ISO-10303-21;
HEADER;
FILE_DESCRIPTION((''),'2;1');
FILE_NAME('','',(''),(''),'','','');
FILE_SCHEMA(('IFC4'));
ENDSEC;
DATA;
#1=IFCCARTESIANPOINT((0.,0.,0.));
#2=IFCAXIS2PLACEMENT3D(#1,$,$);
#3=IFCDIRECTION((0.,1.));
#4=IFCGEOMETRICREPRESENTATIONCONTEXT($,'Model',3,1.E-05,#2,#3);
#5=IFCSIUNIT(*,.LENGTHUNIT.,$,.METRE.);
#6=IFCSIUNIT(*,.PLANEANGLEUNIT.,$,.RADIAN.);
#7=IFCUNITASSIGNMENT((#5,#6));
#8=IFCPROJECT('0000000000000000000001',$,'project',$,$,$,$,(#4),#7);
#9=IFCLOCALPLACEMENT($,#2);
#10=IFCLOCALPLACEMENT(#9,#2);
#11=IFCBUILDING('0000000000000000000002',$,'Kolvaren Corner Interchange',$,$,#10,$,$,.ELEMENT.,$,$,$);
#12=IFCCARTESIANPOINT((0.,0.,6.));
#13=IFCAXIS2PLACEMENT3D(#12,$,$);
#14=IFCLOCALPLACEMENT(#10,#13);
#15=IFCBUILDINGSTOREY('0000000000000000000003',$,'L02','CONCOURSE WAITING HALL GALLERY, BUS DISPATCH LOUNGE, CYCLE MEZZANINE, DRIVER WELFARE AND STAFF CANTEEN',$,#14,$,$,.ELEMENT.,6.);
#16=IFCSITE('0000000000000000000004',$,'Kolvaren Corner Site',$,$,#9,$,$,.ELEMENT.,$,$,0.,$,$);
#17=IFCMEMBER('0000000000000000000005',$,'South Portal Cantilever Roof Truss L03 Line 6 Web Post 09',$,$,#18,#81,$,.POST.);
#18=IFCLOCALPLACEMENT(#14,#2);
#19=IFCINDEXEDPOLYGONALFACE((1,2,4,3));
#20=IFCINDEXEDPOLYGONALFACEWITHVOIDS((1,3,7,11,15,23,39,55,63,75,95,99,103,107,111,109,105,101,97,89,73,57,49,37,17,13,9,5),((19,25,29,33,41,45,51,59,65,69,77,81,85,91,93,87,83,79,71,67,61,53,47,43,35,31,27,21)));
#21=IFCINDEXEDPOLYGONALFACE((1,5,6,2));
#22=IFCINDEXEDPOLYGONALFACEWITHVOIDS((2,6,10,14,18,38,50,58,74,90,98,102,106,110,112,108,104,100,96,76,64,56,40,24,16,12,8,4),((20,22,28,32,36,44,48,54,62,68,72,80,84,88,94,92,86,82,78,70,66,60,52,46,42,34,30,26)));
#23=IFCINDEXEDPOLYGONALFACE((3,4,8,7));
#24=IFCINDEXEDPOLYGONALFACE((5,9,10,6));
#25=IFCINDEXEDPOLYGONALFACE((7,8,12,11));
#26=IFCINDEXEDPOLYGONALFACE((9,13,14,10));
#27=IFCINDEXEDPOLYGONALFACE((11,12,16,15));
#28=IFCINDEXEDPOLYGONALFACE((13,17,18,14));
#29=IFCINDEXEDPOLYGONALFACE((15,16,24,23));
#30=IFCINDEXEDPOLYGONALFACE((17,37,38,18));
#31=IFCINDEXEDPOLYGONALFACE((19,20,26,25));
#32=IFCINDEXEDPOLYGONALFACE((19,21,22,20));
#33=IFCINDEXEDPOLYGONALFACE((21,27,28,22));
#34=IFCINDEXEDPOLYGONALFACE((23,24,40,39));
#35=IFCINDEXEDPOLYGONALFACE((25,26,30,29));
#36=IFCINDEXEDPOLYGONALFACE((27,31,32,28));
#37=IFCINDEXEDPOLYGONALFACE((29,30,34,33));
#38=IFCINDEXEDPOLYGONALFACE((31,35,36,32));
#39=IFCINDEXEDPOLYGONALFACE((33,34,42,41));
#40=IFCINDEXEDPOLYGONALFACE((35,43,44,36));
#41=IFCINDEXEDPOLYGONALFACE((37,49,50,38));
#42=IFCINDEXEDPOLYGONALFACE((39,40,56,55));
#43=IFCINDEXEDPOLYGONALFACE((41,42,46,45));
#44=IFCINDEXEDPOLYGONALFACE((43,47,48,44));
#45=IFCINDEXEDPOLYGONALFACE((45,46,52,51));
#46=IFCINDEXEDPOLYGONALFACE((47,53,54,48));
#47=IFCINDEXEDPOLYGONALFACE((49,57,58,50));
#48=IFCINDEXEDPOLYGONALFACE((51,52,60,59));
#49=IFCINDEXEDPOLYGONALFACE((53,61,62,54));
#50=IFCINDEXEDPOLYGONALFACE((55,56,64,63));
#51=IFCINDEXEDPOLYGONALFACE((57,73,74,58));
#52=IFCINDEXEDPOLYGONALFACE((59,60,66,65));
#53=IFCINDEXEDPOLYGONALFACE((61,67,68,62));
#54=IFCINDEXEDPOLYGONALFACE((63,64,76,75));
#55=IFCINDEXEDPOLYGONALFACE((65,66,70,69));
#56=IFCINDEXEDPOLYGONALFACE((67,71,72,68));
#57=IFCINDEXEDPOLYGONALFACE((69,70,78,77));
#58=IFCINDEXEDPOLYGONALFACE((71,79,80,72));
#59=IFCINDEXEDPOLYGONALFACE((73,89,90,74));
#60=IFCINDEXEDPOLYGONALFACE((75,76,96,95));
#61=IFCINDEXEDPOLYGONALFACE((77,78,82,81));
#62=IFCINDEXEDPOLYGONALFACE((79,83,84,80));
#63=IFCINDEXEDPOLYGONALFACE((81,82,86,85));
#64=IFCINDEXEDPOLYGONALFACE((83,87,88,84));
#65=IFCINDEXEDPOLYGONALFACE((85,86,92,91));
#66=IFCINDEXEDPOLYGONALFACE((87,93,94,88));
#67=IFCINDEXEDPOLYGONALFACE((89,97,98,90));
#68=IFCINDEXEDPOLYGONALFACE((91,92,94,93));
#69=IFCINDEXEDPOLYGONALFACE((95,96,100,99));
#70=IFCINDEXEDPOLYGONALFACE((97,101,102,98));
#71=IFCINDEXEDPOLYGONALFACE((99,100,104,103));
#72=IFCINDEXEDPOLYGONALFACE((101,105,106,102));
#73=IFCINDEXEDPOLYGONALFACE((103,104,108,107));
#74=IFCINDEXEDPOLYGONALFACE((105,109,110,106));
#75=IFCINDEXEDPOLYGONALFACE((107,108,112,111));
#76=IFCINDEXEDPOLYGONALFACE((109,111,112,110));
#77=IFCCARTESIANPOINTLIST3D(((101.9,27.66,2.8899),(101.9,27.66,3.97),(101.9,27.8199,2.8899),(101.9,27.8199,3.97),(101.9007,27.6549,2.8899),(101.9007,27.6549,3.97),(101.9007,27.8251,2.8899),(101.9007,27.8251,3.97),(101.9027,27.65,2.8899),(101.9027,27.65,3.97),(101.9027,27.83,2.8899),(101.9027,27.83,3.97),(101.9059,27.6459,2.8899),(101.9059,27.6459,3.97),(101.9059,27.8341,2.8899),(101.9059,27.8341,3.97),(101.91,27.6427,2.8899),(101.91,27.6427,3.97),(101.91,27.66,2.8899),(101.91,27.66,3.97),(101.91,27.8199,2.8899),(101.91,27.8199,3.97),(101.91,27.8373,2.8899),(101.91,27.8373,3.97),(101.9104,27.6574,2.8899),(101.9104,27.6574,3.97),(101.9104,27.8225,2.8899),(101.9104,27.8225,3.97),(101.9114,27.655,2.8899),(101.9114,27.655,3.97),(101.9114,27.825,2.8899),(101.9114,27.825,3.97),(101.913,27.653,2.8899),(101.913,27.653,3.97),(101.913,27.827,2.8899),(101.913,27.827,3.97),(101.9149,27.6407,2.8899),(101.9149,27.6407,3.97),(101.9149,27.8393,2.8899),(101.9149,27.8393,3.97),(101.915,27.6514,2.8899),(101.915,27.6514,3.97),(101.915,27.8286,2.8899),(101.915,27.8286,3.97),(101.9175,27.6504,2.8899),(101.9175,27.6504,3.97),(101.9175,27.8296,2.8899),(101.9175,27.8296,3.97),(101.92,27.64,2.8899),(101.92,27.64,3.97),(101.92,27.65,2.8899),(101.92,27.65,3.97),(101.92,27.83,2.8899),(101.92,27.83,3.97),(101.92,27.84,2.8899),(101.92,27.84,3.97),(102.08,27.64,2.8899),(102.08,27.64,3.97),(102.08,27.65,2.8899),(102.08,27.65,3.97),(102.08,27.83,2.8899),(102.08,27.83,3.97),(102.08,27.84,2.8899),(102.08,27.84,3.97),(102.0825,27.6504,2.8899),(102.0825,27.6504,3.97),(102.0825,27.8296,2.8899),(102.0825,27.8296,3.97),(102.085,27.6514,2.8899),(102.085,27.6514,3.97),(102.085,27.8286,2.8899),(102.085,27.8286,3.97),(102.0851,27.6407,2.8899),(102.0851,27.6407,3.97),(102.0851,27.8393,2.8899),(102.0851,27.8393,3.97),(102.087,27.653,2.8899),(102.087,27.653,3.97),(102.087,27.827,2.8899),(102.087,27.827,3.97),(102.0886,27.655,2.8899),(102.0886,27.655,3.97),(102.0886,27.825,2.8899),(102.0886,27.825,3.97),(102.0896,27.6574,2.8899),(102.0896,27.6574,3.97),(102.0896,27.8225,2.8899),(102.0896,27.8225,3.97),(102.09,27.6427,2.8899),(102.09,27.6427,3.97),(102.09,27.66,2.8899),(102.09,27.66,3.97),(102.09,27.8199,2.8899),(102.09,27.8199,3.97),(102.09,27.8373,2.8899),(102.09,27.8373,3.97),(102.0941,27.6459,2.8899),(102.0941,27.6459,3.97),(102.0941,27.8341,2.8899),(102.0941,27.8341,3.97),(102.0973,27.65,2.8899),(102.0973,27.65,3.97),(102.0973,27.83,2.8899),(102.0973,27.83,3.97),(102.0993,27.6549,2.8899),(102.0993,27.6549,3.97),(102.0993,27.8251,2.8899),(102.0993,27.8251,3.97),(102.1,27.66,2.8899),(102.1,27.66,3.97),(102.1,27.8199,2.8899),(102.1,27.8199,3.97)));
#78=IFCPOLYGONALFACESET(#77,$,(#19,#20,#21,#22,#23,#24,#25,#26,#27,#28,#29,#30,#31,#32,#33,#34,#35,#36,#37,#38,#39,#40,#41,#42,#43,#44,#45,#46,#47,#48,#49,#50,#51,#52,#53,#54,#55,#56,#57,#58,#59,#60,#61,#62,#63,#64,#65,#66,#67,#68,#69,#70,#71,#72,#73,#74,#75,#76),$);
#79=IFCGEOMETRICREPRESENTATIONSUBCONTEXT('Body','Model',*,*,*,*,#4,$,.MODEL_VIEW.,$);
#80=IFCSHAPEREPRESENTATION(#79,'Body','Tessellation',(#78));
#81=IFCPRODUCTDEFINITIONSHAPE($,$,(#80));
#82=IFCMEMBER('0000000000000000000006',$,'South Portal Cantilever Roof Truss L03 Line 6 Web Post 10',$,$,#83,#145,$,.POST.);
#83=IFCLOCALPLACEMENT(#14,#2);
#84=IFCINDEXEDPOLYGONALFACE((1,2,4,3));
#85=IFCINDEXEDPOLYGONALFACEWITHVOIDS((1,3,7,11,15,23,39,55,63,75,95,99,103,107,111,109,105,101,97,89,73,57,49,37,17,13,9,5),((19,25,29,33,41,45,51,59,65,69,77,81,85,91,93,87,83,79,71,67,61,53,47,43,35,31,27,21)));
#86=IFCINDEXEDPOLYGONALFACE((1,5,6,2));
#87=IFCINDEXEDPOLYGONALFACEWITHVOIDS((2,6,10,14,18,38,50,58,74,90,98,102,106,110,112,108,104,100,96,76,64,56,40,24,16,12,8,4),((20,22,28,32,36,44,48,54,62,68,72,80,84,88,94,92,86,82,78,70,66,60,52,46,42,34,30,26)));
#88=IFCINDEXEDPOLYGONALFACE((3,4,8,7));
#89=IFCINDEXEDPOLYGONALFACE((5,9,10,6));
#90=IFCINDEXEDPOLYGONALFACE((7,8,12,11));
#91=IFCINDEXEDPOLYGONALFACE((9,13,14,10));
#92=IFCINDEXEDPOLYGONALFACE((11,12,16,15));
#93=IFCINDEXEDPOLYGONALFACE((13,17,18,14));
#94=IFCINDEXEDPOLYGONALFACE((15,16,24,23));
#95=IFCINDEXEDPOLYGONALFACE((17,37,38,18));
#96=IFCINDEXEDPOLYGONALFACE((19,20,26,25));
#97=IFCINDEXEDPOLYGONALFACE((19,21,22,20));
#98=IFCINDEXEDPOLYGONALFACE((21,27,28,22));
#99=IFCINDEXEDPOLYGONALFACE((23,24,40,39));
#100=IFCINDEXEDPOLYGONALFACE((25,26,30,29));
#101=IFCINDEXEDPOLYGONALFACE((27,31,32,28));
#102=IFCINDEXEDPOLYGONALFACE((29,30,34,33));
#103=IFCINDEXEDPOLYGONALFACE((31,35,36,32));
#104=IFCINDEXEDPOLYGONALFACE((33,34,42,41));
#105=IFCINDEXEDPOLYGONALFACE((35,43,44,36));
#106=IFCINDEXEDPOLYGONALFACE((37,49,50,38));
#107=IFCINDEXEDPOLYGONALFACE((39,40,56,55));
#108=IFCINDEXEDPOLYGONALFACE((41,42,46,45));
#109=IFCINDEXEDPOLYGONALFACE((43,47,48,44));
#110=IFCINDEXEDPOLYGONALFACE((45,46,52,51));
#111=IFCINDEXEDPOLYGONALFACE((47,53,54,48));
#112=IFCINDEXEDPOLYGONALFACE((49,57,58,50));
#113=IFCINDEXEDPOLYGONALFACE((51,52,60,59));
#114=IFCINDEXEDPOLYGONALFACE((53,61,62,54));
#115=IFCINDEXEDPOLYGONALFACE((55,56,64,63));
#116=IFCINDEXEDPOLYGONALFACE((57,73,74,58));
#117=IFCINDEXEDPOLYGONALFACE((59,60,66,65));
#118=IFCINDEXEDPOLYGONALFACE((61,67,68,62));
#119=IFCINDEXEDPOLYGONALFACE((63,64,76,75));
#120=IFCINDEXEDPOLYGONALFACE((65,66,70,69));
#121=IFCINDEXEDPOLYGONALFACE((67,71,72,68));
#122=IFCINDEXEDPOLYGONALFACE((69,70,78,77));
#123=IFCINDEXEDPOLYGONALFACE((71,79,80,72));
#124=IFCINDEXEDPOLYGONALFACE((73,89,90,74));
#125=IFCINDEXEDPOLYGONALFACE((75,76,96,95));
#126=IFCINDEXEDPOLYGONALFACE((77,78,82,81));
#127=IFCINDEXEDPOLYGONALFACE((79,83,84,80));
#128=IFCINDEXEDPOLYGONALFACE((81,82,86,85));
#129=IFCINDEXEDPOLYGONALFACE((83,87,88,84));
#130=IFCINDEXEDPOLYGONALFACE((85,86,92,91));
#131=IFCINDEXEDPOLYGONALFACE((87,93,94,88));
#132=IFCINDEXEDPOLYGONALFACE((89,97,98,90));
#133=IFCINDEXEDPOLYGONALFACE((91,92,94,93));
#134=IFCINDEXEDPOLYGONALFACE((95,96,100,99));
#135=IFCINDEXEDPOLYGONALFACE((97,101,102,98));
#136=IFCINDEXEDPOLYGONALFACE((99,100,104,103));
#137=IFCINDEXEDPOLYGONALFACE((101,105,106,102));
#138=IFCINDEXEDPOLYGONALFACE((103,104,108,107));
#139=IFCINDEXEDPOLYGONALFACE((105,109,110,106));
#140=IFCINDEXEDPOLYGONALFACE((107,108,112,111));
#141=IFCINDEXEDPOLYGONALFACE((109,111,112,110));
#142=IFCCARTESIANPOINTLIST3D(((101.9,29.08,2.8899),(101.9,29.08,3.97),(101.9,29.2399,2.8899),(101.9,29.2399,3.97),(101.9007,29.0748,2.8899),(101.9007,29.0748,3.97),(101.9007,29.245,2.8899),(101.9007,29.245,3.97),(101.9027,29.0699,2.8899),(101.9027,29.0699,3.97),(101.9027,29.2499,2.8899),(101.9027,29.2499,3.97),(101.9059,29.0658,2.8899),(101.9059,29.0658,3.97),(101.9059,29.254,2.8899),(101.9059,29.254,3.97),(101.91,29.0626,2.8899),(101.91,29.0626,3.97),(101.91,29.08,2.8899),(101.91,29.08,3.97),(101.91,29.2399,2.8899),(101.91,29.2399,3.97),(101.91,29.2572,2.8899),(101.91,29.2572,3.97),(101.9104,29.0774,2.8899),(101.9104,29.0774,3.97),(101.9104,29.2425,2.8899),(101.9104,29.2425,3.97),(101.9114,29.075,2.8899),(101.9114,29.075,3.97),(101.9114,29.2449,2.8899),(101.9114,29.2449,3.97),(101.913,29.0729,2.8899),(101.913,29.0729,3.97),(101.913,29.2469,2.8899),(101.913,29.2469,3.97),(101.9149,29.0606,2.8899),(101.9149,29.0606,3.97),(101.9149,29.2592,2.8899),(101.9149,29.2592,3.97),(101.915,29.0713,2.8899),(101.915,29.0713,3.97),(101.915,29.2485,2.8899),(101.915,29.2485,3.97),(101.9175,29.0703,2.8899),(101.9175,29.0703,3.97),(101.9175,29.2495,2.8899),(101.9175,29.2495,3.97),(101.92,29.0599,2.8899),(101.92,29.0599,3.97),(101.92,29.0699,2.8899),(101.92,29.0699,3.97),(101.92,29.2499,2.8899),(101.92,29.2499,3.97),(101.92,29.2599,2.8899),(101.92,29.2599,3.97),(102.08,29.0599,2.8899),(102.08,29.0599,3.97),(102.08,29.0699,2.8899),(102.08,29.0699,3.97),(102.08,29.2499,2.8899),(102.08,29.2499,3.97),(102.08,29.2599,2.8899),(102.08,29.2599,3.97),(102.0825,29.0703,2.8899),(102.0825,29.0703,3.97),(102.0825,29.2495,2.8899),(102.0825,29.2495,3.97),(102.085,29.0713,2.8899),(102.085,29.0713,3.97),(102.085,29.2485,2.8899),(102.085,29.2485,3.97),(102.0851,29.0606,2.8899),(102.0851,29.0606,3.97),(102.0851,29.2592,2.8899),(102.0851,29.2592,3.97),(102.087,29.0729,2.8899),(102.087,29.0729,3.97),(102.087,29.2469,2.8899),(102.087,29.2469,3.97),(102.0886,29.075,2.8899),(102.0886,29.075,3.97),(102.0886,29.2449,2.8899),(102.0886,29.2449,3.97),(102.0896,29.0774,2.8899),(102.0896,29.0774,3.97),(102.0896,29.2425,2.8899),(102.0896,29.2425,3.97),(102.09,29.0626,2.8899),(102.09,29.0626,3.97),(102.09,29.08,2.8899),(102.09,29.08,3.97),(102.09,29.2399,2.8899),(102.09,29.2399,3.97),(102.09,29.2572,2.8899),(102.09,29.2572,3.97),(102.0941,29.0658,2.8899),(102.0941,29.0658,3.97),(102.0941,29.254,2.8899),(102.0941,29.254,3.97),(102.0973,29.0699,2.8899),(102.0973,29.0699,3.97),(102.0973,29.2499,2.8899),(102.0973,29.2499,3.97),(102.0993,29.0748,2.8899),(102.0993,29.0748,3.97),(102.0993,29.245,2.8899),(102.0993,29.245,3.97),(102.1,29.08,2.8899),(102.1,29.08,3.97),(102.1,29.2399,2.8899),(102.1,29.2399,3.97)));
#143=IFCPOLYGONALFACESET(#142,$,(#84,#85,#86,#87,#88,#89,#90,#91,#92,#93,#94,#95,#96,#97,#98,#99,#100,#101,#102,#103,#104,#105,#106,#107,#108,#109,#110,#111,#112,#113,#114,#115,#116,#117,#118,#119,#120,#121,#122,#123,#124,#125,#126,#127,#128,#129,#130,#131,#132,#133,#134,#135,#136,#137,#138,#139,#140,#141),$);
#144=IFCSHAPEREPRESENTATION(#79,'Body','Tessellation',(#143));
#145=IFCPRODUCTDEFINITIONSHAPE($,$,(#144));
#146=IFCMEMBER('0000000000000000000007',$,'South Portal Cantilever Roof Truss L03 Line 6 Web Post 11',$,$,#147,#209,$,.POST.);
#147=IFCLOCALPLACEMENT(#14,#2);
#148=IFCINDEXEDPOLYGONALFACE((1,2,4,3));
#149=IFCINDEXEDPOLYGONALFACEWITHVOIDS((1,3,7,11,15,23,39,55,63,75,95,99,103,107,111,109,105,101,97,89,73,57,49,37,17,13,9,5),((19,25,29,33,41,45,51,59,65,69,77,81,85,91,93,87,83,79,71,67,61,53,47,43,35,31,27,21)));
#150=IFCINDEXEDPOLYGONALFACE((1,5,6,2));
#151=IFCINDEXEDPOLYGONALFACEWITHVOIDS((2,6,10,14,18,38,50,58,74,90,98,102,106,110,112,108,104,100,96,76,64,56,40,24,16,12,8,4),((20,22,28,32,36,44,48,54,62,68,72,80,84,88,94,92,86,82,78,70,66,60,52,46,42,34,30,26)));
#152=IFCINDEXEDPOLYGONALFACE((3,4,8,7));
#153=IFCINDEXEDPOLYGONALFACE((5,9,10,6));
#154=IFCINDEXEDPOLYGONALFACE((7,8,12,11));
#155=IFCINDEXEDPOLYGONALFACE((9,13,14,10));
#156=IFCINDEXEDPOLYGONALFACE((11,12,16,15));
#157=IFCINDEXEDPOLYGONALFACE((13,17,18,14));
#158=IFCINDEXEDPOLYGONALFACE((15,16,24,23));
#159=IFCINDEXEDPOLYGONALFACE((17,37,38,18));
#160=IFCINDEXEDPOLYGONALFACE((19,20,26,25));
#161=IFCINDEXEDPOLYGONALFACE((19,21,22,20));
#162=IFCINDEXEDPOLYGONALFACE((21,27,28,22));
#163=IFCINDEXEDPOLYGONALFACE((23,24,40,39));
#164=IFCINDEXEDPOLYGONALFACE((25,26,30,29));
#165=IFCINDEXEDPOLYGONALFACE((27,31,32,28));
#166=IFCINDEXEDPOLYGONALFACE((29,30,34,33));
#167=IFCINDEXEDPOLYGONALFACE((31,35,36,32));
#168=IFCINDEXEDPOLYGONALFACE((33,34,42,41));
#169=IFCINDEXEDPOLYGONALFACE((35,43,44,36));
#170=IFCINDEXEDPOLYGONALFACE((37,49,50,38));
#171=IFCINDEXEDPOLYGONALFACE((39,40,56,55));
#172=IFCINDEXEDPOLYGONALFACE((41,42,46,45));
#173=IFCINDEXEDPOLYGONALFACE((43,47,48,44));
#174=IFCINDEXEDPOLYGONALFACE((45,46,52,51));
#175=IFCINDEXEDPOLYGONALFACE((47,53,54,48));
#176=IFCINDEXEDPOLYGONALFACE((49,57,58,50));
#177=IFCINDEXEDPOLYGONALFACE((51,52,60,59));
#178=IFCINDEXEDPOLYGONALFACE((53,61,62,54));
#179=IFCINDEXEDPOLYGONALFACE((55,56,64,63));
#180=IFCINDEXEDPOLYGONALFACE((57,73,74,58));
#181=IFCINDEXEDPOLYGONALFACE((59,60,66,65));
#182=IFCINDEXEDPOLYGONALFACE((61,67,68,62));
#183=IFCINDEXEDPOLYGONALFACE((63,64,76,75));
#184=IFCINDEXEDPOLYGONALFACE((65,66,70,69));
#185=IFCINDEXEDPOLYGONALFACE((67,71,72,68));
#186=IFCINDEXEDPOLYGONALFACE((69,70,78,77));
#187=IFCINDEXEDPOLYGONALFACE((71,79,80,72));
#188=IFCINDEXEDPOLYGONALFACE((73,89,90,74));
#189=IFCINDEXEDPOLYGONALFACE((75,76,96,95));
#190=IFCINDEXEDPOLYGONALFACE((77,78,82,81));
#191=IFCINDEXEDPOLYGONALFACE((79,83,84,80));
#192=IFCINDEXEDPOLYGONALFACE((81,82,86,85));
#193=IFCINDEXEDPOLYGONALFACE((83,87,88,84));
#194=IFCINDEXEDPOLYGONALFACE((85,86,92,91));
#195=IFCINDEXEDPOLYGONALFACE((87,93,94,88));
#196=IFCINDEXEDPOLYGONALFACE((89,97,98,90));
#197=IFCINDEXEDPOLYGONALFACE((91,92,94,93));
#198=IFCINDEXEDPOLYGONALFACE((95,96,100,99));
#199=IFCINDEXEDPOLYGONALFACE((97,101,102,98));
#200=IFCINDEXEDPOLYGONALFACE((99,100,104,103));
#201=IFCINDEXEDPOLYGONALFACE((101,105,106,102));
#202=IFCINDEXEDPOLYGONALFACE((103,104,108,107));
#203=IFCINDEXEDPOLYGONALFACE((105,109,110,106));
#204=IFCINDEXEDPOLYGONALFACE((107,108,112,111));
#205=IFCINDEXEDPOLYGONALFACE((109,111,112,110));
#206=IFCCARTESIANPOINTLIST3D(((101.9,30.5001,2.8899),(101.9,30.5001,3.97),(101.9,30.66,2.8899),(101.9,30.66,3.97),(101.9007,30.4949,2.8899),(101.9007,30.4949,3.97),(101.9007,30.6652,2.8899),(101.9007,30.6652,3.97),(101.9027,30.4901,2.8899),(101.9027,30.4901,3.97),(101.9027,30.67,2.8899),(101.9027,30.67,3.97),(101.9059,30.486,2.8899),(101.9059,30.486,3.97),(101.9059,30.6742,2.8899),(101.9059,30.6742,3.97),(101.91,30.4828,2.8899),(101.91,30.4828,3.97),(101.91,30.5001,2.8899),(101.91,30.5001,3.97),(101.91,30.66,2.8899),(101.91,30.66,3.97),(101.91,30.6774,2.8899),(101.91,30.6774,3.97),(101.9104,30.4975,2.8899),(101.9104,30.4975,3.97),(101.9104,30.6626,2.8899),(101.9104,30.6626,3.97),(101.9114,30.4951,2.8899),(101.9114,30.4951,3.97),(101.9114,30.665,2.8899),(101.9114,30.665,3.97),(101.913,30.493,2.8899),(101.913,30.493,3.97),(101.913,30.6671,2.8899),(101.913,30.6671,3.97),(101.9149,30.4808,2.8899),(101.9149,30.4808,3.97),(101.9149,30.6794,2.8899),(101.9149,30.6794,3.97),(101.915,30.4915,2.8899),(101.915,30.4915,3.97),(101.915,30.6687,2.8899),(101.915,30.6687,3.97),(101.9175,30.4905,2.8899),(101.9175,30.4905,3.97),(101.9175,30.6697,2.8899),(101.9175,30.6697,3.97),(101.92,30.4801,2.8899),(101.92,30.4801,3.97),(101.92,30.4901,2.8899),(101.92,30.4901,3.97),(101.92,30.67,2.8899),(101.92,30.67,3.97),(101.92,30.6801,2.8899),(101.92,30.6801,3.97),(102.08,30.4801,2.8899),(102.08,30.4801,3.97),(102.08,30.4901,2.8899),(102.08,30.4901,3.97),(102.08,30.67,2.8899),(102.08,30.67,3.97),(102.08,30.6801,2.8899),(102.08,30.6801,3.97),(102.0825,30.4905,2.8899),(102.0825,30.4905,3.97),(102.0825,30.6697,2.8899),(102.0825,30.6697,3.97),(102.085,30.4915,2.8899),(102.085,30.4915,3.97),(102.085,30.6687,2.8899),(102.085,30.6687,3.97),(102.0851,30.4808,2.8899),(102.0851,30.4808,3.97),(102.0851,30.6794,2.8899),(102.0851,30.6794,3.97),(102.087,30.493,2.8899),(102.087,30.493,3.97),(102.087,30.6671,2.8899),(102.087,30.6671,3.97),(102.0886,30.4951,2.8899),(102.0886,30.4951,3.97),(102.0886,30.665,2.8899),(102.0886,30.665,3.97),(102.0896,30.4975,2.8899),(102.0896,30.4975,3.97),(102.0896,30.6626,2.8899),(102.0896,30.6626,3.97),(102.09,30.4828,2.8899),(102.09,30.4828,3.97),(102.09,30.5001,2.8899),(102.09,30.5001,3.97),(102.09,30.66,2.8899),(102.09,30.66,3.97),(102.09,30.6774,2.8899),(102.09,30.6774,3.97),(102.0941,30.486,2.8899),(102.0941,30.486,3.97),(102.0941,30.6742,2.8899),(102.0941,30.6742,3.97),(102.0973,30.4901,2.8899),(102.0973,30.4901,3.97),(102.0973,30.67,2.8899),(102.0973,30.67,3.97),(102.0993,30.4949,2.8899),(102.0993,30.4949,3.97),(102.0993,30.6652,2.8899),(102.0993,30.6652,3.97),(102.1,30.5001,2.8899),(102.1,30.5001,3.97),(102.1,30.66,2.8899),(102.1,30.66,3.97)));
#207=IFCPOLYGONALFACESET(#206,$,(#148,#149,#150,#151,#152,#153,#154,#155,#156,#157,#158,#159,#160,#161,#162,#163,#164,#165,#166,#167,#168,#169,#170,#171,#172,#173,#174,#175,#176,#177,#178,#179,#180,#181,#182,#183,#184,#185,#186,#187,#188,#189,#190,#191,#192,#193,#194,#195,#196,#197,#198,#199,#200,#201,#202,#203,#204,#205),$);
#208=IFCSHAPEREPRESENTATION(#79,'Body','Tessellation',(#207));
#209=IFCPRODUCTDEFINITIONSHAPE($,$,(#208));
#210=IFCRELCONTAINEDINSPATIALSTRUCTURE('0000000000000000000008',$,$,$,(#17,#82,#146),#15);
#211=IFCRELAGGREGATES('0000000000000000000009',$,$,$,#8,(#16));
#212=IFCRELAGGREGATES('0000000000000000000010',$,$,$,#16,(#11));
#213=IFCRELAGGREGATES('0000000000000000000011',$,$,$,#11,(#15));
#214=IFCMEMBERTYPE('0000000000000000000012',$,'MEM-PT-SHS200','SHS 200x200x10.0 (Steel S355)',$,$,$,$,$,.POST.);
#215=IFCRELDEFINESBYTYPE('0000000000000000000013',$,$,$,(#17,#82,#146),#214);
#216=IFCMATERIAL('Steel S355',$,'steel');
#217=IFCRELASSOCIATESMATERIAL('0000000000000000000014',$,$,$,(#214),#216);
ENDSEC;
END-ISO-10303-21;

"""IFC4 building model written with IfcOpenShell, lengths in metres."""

from ifc_helpers import new_model, si_unit, direction, frame, origin, origin_2d, place, context, subcontext, project, spatial, hollow_rectangle, extrude, material, material_profile, profile_set, type_object, element, save


model = new_model("IFC4")

# Units and contexts
model_context = context("Model", 3, precision=1e-05, world=origin(), true_north=direction((0.0, 1.0)))
body_context = subcontext(model_context, "Body", "Model", "MODEL_VIEW")
ifc_project = project(units=[si_unit("LENGTHUNIT", "METRE"), si_unit("PLANEANGLEUNIT", "RADIAN")], contexts=[model_context])

# Site, building, storey
site_placement = place(None, origin())
site = spatial("IfcSite", under=ifc_project, at=site_placement, Name="Kolvaren Corner Site", CompositionType="ELEMENT", RefElevation=0.0)
building_placement = place(site_placement, origin())
building = spatial("IfcBuilding", under=site, at=building_placement, Name="Kolvaren Corner Interchange", CompositionType="ELEMENT")
storey_placement = place(building_placement, frame((0.0, 0.0, 6.0)))
storey = spatial("IfcBuildingStorey", under=building, at=storey_placement, Name="L02", Description="CONCOURSE WAITING HALL GALLERY, BUS DISPATCH LOUNGE, CYCLE MEZZANINE, DRIVER WELFARE AND STAFF CANTEEN", CompositionType="ELEMENT", Elevation=6.0)

# Members
ifc_material_1 = material(Name="Steel S355", Category="steel")
ifc_material_profile_1 = material_profile(ifc_material_1, hollow_rectangle(XDim=0.2, YDim=0.2, WallThickness=0.01, InnerFilletRadius=0.01, OuterFilletRadius=0.02, at=origin_2d()), Name="SHS 200x200x10.0")
ifc_profile_set_1 = profile_set([ifc_material_profile_1], Name="Steel S355")
member_type_1 = type_object("IfcMemberType", Name="MEM-PT-SHS200", Description="SHS 200x200x10.0 (Steel S355)", PredefinedType="POST", material=ifc_profile_set_1)
for number, where, z_axis, x_axis, name in (
    (1, (102.0, 27.74, 2.8899), (0.0, 0.0, 1.0), (1.0, 0.0, 0.0), "South Portal Cantilever Roof Truss L03 Line 6 Web Post 09"),
    (2, (102.0, 29.1599, 2.8899), (0.0, 0.0, 1.0), (1.0, 0.0, 0.0), "South Portal Cantilever Roof Truss L03 Line 6 Web Post 10"),
    (3, (102.0, 30.5801, 2.8899), (0.0, 0.0, 1.0), (1.0, 0.0, 0.0), "South Portal Cantilever Roof Truss L03 Line 6 Web Post 11"),
):
    element("IfcMember", number, at=place(storey_placement, frame(where, z_axis=z_axis, x_axis=x_axis)), inside=storey, type_object=member_type_1, Name=name, PredefinedType="POST", context=body_context, shape_type="SweptSolid", body=[
        extrude(hollow_rectangle(XDim=0.2, YDim=0.2, WallThickness=0.01, InnerFilletRadius=0.01, OuterFilletRadius=0.02, at=origin_2d()), origin(), (0.0, 0.0, 1.0), 1.0801),
    ])

save(model, "model.ifc")
